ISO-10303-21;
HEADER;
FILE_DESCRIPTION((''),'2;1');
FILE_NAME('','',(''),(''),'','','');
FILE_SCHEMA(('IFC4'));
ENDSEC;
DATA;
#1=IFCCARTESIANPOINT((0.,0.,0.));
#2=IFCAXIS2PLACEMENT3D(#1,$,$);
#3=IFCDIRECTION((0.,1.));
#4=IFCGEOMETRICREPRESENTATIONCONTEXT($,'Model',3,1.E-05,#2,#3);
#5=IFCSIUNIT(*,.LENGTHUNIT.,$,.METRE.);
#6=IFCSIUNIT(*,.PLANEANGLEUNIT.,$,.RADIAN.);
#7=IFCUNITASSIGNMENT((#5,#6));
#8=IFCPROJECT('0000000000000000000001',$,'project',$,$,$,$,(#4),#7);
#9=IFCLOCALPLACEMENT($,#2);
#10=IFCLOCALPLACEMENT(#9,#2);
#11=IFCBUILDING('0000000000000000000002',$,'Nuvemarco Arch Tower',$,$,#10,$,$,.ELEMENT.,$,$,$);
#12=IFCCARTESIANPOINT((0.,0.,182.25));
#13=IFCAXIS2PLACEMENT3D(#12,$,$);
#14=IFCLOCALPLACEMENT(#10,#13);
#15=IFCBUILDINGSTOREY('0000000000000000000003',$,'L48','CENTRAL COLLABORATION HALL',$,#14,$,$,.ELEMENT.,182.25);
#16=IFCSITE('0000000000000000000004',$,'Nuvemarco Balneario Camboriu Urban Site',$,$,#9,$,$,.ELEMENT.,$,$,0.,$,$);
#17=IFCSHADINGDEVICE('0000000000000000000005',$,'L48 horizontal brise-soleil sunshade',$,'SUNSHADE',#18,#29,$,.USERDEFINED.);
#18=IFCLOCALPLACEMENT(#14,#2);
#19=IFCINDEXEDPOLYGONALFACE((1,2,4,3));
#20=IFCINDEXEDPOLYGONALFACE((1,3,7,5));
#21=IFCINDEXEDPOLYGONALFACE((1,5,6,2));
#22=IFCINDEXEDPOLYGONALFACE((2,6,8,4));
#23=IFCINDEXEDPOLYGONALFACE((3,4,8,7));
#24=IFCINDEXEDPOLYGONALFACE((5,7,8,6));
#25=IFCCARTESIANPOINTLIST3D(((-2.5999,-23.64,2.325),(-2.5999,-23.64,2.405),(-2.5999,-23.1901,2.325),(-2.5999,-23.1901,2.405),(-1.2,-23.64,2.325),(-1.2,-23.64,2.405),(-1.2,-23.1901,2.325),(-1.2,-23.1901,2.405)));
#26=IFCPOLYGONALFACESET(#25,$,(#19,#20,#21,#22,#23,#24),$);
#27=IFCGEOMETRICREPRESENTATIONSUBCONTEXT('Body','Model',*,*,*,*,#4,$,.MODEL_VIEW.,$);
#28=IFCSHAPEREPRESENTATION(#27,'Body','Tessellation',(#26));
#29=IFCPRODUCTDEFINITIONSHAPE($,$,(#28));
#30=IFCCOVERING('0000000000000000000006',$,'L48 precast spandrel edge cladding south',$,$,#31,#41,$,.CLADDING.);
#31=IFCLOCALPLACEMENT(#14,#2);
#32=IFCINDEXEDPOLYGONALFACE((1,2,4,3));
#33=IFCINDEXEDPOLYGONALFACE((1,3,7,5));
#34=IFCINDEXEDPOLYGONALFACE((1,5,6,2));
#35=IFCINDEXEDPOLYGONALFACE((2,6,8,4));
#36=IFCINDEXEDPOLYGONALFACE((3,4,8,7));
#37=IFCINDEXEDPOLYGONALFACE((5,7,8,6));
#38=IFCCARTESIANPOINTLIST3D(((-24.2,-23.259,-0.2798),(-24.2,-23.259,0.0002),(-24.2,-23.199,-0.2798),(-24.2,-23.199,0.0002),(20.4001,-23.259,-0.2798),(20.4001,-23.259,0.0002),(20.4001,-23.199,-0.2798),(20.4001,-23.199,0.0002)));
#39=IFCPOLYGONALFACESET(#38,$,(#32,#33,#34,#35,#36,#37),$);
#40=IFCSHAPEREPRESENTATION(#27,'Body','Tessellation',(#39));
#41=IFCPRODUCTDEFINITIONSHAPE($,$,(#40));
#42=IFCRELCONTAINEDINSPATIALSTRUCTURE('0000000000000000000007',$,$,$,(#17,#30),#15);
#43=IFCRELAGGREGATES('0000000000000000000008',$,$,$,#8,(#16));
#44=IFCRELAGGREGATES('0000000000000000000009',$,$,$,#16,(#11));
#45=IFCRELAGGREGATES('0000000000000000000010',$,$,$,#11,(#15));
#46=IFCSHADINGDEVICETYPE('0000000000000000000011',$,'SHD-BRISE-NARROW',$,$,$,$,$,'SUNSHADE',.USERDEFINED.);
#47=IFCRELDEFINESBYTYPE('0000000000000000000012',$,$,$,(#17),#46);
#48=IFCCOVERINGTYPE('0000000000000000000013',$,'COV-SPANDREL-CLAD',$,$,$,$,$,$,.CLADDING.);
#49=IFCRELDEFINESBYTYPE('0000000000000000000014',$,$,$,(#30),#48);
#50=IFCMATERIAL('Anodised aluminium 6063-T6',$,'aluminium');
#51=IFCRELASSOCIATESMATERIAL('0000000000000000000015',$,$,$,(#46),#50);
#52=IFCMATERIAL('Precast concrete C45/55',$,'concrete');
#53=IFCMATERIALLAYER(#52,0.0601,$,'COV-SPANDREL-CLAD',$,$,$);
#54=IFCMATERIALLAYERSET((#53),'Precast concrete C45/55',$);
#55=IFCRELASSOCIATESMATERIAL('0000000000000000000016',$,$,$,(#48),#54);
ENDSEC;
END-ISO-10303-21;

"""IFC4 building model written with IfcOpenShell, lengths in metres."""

from ifc_helpers import new_model, si_unit, direction, frame, origin, origin_2d, place, context, subcontext, project, spatial, rectangle, extrude, source, transform, mapped, material, layer, layer_set, type_object, type_shapes, element, save


model = new_model("IFC4")

# Units and contexts
model_context = context("Model", 3, precision=1e-05, world=origin(), true_north=direction((0.0, 1.0)))
body_context = subcontext(model_context, "Body", "Model", "MODEL_VIEW")
ifc_project = project(units=[si_unit("LENGTHUNIT", "METRE"), si_unit("PLANEANGLEUNIT", "RADIAN")], contexts=[model_context])

# Site, building, storey
site_placement = place(None, origin())
site = spatial("IfcSite", under=ifc_project, at=site_placement, Name="Nuvemarco Balneario Camboriu Urban Site", CompositionType="ELEMENT", RefElevation=0.0)
building_placement = place(site_placement, origin())
building = spatial("IfcBuilding", under=site, at=building_placement, Name="Nuvemarco Arch Tower", CompositionType="ELEMENT")
storey_placement = place(building_placement, frame((0.0, 0.0, 182.25)))
storey = spatial("IfcBuildingStorey", under=building, at=storey_placement, Name="L48", Description="CENTRAL COLLABORATION HALL", CompositionType="ELEMENT", Elevation=182.25)

# Shared definitions
ifc_material_1 = material(Name="Precast concrete C45/55", Category="concrete")

# Shading device
ifc_material_2 = material(Name="Anodised aluminium 6063-T6", Category="aluminium")
shading_device_type = type_object("IfcShadingDeviceType", Name="SHD-BRISE-NARROW", ElementType="SUNSHADE", PredefinedType="USERDEFINED", material=ifc_material_2)
shared_shape_1 = source(origin(), body_context, "Body", "SweptSolid", [
    extrude(rectangle(XDim=1.3999, YDim=0.45, at=origin_2d()), origin(), (0.0, 0.0, 1.0), 0.0801),
])
type_shapes(shading_device_type, [shared_shape_1])
for number, where, z_axis, x_axis, name in (
    (1, (-1.8999, -23.415, 2.325), (0.0, 0.0, 1.0), (1.0, 0.0, 0.0), "L48 horizontal brise-soleil sunshade"),
):
    element("IfcShadingDevice", number, at=place(storey_placement, frame(where, z_axis=z_axis, x_axis=x_axis)), inside=storey, type_object=shading_device_type, Name=name, ObjectType="SUNSHADE", PredefinedType="USERDEFINED", context=body_context, shape_type="MappedRepresentation", body=[
        mapped(shared_shape_1, transform((0.0, 0.0, 0.0), scale=1.0)),
    ])

# Covering
ifc_layer_1 = layer(ifc_material_1, 0.0601, Name="COV-SPANDREL-CLAD")
ifc_layer_set_1 = layer_set([ifc_layer_1], Name="Precast concrete C45/55")
covering_type = type_object("IfcCoveringType", Name="COV-SPANDREL-CLAD", PredefinedType="CLADDING", material=ifc_layer_set_1)
shared_shape_2 = source(origin(), body_context, "Body", "SweptSolid", [
    extrude(rectangle(XDim=44.6001, YDim=0.0601, at=origin_2d()), origin(), (0.0, 0.0, 1.0), 0.28),
])
type_shapes(covering_type, [shared_shape_2])
covering_placement = place(storey_placement, frame((-1.8999, -23.229, -0.2798), z_axis=(0.0, 0.0, 1.0), x_axis=(1.0, 0.0, 0.0)))
element("IfcCovering", 2, at=covering_placement, inside=storey, type_object=covering_type, Name="L48 precast spandrel edge cladding south", PredefinedType="CLADDING", context=body_context, shape_type="MappedRepresentation", body=[
    mapped(shared_shape_2, transform((0.0, 0.0, 0.0), scale=1.0)),
])

save(model, "model.ifc")
